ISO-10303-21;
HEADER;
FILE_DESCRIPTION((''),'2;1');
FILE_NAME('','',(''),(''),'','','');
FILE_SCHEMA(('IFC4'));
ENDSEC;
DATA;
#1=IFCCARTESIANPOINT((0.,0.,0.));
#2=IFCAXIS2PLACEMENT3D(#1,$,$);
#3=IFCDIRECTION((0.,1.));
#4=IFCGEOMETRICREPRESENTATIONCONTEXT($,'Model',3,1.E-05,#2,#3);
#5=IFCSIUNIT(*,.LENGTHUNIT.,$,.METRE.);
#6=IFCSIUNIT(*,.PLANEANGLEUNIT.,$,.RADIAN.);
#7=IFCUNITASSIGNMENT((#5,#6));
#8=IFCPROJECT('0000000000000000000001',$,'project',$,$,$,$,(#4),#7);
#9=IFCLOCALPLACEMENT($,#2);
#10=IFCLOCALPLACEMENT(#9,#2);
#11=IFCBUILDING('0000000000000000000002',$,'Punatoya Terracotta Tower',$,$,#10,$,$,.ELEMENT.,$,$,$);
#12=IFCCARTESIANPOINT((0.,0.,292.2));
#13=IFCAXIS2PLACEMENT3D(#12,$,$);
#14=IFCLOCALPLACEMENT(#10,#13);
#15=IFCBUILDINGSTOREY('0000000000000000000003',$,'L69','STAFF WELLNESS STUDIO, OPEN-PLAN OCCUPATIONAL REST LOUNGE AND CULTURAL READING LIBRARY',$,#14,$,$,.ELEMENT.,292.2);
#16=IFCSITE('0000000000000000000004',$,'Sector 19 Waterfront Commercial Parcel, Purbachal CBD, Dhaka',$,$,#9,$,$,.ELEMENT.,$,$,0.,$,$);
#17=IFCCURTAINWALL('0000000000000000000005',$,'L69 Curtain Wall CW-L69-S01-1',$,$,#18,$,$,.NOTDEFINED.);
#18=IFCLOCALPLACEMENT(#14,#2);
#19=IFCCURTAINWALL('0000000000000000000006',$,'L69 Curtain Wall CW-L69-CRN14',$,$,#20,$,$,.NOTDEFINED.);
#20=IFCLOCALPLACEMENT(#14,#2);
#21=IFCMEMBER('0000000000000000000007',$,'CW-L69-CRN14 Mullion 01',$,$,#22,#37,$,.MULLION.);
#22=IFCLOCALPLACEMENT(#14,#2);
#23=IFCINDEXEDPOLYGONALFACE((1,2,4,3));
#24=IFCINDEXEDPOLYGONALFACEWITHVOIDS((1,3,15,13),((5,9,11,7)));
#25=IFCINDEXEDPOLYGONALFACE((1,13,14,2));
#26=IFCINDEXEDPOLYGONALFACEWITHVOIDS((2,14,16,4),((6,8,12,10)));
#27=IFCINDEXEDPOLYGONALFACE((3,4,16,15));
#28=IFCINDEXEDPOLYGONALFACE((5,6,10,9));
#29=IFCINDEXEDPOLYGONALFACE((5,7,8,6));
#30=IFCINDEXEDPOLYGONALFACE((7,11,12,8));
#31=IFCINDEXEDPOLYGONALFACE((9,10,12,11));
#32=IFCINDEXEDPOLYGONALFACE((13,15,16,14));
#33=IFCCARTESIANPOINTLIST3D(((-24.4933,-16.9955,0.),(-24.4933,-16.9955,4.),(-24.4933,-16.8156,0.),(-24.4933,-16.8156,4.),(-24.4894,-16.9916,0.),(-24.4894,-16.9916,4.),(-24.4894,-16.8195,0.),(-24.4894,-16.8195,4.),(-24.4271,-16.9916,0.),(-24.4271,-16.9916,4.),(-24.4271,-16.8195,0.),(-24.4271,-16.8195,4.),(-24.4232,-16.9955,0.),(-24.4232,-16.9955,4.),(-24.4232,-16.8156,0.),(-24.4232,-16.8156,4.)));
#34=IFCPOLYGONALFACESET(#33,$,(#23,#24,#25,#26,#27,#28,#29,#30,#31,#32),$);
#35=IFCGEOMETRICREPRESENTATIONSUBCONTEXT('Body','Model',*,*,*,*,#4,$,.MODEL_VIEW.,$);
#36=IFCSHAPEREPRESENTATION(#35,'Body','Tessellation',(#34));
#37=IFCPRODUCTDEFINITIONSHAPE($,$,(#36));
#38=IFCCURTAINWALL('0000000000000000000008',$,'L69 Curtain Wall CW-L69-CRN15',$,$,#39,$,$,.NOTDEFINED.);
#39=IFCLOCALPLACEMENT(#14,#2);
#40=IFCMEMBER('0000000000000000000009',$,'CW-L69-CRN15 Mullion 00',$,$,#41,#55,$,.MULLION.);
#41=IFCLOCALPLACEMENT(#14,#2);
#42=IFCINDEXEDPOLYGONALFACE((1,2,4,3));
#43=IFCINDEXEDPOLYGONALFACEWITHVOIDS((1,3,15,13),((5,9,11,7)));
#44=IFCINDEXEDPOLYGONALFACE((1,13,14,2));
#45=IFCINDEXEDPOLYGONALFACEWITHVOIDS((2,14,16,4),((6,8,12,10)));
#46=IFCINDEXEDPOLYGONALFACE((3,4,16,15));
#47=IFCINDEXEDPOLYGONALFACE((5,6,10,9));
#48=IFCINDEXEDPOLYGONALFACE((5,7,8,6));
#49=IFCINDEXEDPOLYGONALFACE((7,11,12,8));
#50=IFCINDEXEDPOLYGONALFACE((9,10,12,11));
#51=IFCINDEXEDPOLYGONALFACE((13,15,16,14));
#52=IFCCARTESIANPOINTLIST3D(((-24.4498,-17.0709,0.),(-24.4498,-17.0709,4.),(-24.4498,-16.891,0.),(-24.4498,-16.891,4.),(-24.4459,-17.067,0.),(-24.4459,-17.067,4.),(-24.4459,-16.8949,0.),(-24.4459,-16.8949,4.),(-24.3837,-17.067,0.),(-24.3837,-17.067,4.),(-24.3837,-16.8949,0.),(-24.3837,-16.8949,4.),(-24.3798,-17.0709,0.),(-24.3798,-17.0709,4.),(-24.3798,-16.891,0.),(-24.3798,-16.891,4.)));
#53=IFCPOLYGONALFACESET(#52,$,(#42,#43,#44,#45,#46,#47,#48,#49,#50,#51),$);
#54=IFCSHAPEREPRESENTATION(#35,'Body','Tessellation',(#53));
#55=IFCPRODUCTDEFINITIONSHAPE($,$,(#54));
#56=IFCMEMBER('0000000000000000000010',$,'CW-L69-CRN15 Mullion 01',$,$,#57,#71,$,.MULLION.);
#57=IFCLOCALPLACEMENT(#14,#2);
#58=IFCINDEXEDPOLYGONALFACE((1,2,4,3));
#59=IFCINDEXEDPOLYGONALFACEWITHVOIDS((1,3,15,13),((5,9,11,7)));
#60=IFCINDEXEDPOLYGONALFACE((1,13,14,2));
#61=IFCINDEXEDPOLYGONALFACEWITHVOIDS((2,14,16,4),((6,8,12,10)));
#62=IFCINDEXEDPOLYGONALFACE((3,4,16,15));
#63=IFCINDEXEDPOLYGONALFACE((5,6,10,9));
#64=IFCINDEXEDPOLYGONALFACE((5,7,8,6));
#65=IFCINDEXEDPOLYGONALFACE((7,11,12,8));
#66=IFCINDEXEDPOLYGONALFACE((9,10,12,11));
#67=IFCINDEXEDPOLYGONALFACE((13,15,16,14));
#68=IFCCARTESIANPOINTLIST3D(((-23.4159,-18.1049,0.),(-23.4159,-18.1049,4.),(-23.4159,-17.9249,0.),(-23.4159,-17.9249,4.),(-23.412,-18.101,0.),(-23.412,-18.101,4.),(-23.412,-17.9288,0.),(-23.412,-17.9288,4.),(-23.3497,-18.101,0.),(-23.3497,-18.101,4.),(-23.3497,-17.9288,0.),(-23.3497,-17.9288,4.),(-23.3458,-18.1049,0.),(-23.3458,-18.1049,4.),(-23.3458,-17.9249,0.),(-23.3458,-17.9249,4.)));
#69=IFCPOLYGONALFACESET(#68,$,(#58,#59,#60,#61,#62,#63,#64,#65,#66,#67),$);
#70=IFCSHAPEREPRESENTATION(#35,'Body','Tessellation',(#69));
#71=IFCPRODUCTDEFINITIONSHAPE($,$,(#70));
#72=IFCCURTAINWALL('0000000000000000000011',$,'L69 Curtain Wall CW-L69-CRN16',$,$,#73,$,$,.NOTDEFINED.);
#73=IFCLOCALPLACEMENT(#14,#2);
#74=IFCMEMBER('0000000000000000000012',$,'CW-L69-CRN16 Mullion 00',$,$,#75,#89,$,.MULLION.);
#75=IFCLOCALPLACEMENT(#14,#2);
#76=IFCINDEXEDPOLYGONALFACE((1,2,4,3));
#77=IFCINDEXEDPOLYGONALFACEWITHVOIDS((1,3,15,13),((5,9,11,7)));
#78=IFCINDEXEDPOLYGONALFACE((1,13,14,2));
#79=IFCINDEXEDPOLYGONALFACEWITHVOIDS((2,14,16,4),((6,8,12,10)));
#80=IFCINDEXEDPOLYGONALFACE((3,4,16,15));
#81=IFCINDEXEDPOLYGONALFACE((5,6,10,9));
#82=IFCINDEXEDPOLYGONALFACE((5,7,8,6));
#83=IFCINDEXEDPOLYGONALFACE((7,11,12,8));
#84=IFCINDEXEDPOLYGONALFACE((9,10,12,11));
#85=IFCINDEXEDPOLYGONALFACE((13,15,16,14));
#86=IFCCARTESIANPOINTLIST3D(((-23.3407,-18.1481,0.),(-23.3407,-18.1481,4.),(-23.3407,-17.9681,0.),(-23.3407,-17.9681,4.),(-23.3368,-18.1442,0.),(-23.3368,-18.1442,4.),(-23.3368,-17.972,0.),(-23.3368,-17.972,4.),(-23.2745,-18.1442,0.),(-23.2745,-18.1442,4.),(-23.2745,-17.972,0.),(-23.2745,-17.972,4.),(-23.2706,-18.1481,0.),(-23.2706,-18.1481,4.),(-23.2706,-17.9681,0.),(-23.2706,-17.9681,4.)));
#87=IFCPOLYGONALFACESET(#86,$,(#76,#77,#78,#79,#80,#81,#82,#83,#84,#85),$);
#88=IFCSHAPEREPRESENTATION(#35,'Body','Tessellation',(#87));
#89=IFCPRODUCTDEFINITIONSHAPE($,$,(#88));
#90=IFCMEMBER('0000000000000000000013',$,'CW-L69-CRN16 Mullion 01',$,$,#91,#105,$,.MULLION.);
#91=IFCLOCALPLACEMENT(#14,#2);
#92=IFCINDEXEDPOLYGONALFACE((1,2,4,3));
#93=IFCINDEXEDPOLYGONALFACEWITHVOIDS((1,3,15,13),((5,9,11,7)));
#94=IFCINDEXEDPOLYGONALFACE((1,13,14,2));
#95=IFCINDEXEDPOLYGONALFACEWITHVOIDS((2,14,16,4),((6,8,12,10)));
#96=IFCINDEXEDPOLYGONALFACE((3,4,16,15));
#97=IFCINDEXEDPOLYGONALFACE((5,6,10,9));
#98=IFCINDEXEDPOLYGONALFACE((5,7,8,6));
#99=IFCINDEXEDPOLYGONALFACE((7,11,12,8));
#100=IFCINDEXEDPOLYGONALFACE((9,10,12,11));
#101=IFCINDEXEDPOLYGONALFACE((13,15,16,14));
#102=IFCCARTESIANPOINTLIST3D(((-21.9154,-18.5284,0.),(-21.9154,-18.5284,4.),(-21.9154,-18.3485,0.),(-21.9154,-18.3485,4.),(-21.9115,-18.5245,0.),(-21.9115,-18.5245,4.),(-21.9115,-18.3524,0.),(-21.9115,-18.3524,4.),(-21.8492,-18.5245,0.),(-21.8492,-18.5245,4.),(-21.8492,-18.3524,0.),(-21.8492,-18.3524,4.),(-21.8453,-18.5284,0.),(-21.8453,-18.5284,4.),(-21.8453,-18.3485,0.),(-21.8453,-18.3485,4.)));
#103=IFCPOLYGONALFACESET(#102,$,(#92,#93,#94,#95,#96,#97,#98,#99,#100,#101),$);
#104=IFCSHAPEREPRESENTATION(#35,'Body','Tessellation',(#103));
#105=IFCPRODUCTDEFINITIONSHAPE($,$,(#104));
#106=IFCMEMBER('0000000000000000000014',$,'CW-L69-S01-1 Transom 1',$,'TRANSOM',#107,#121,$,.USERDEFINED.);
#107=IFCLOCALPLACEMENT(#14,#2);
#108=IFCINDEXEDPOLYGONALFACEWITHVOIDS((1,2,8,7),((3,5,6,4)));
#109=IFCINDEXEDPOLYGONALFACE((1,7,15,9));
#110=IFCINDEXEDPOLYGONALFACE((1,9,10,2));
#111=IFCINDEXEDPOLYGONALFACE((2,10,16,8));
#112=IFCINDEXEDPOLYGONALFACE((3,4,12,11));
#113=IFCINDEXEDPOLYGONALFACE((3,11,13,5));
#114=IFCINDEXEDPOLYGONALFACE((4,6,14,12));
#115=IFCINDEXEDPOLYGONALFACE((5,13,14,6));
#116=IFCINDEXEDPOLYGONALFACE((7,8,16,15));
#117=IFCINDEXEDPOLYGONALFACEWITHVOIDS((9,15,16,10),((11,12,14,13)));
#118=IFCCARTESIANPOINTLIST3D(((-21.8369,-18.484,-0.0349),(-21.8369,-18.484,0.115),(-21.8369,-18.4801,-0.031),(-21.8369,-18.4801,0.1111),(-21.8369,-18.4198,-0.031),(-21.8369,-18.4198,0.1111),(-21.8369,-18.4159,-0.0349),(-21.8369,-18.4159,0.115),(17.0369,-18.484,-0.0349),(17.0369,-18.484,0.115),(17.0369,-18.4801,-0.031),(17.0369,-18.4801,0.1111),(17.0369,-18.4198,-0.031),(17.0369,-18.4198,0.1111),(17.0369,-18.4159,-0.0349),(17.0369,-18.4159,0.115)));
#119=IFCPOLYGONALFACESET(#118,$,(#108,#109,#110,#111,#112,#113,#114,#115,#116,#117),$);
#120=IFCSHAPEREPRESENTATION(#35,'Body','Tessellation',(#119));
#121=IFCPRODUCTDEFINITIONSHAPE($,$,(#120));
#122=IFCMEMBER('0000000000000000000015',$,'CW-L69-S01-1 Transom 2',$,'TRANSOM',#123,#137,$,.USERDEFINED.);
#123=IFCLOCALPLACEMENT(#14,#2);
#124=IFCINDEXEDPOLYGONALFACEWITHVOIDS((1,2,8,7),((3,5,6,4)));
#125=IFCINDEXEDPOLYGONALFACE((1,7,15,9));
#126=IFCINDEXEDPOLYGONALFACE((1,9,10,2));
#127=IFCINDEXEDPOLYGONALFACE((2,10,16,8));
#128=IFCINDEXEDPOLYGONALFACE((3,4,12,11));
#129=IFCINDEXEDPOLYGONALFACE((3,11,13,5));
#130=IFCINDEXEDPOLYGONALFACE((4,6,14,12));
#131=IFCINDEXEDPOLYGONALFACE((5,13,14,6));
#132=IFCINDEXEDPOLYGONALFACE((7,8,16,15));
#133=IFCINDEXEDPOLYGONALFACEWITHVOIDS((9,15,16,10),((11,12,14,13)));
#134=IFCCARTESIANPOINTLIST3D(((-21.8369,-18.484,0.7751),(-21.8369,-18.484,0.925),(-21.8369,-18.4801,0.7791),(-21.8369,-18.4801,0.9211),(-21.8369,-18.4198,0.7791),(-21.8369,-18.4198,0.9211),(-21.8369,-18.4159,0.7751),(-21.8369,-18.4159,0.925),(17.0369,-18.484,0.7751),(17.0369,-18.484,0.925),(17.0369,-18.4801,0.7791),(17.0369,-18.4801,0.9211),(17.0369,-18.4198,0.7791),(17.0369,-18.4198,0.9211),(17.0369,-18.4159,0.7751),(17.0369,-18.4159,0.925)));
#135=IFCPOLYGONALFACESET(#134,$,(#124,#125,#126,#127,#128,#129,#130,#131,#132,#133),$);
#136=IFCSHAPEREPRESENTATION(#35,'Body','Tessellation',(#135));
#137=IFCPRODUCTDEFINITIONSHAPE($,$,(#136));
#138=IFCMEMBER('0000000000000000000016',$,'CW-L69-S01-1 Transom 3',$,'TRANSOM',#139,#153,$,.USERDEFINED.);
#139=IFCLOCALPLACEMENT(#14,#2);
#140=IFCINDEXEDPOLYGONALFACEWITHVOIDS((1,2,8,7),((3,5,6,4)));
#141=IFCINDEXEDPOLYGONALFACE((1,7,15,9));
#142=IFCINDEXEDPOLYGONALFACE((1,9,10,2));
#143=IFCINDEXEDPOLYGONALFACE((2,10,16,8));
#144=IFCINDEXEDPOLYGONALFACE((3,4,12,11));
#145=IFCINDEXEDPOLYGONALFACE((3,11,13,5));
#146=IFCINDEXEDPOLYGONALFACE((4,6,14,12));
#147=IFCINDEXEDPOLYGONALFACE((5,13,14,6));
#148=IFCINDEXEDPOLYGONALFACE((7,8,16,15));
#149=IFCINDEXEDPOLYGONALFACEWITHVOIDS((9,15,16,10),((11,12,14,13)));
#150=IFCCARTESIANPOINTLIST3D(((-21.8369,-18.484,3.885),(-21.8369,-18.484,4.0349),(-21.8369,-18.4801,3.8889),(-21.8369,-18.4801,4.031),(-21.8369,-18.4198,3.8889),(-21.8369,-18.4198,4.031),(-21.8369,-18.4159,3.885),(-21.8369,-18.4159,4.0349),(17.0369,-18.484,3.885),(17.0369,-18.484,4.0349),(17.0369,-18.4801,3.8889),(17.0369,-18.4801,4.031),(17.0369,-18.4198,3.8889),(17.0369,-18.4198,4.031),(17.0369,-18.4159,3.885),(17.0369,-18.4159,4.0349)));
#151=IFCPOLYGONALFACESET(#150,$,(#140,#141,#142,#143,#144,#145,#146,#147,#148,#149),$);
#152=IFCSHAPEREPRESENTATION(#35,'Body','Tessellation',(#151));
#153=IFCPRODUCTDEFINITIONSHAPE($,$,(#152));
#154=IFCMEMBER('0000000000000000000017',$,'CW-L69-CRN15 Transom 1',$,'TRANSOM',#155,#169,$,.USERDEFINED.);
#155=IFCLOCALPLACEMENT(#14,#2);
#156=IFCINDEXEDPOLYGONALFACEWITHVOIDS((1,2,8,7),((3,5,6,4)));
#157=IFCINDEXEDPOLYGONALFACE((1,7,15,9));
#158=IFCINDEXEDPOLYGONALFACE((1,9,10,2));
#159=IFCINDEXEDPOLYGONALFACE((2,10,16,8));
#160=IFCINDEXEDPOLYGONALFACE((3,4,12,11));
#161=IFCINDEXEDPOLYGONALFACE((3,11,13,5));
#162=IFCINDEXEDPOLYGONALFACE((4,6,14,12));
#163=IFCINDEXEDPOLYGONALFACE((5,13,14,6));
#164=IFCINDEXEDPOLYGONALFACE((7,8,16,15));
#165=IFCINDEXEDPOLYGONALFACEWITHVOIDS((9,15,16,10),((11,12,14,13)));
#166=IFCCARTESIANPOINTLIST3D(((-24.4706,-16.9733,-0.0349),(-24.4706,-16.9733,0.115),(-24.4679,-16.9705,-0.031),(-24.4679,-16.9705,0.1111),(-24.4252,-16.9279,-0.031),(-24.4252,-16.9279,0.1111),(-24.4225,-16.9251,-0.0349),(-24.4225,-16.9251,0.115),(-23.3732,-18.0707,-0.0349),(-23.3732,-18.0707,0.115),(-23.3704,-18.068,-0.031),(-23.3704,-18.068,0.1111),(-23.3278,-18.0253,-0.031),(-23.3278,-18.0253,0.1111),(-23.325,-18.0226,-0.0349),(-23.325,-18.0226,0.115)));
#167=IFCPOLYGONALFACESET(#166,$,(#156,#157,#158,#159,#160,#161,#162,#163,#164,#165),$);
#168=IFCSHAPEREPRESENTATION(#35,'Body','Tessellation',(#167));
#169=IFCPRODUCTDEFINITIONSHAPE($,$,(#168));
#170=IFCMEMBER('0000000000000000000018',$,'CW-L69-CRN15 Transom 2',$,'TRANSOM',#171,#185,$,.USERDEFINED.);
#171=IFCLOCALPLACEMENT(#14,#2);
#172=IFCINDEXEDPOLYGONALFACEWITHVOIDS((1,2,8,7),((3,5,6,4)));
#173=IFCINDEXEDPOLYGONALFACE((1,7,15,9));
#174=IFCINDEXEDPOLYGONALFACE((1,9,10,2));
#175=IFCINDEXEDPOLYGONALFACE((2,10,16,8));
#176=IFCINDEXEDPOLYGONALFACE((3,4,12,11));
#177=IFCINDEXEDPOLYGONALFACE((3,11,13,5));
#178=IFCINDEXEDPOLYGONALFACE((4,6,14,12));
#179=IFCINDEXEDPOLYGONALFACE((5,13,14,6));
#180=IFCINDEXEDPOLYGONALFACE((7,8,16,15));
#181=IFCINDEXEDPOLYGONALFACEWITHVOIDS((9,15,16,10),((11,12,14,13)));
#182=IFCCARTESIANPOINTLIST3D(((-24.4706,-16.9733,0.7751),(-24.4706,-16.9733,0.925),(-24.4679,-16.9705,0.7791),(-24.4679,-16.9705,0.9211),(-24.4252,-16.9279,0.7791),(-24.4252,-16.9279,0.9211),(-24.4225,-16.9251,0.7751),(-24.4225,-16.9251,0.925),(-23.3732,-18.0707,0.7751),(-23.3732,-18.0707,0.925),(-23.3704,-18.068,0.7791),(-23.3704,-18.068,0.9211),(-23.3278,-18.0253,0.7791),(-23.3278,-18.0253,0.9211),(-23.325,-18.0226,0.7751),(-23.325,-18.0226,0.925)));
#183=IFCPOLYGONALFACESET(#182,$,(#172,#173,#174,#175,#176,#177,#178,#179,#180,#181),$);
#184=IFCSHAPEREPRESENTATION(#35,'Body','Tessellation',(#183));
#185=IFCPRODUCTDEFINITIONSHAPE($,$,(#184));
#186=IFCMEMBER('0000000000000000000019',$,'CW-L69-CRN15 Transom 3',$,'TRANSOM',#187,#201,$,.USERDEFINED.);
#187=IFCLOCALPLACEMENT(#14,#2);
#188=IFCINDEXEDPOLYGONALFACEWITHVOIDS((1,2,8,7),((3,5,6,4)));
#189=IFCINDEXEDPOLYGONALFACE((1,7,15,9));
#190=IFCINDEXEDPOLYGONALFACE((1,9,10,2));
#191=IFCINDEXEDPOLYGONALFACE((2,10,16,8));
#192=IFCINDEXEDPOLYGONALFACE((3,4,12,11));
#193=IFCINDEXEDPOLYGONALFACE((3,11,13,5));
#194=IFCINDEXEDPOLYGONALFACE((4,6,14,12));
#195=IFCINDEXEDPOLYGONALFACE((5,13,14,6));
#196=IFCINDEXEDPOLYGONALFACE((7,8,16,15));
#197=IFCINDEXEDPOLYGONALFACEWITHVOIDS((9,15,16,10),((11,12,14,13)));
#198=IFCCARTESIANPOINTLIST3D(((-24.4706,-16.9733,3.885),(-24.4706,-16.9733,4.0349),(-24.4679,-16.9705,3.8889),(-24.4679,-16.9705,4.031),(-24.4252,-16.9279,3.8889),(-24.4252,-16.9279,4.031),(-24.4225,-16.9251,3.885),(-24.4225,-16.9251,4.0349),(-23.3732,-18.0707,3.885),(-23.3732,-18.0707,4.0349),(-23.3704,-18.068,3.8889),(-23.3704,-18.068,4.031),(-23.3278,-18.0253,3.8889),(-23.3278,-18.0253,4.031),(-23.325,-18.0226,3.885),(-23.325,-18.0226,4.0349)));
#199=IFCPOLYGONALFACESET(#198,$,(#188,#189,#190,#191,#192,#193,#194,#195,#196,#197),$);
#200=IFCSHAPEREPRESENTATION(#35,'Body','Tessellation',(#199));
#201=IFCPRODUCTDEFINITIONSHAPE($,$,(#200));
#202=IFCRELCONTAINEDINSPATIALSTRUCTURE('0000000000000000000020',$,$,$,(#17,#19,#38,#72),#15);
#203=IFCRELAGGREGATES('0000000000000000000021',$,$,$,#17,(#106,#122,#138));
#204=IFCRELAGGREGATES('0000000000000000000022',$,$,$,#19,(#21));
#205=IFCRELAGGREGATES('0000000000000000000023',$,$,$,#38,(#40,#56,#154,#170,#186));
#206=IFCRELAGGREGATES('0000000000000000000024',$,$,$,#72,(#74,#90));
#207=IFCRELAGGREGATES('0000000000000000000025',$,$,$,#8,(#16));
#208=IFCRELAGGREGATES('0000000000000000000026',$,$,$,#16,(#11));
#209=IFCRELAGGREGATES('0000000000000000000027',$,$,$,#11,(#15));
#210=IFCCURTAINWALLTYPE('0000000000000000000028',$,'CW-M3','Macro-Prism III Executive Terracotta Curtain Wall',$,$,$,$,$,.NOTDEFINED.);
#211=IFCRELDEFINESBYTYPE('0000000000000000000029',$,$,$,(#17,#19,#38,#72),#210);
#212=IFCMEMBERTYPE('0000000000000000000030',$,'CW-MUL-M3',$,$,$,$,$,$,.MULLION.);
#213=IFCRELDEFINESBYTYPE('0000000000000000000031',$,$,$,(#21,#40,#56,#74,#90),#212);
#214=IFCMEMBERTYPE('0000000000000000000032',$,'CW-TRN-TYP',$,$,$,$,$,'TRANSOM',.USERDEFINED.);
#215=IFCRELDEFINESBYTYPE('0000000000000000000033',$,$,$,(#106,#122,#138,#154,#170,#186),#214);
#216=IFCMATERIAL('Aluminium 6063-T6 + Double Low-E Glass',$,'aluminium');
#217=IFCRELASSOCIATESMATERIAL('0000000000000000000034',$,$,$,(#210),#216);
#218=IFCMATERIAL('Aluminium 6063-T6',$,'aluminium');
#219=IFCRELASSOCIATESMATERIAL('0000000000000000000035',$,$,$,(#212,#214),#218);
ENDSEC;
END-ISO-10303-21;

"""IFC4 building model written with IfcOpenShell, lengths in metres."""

from ifc_helpers import new_model, si_unit, direction, frame, origin, origin_2d, place, context, subcontext, project, spatial, hollow_rectangle, extrude, material, material_profile, profile_set, type_object, element, aggregate, save


model = new_model("IFC4")

# Units and contexts
model_context = context("Model", 3, precision=1e-05, world=origin(), true_north=direction((0.0, 1.0)))
body_context = subcontext(model_context, "Body", "Model", "MODEL_VIEW")
ifc_project = project(units=[si_unit("LENGTHUNIT", "METRE"), si_unit("PLANEANGLEUNIT", "RADIAN")], contexts=[model_context])

# Site, building, storey
site_placement = place(None, origin())
site = spatial("IfcSite", under=ifc_project, at=site_placement, Name="Sector 19 Waterfront Commercial Parcel, Purbachal CBD, Dhaka", CompositionType="ELEMENT", RefElevation=0.0)
building_placement = place(site_placement, origin())
building = spatial("IfcBuilding", under=site, at=building_placement, Name="Punatoya Terracotta Tower", CompositionType="ELEMENT")
storey_placement = place(building_placement, frame((0.0, 0.0, 292.2)))
storey = spatial("IfcBuildingStorey", under=building, at=storey_placement, Name="L69", Description="STAFF WELLNESS STUDIO, OPEN-PLAN OCCUPATIONAL REST LOUNGE AND CULTURAL READING LIBRARY", CompositionType="ELEMENT", Elevation=292.2)

# Curtain walls, member
ifc_material_1 = material(Name="Aluminium 6063-T6 + Double Low-E Glass", Category="aluminium")
curtain_wall_type = type_object("IfcCurtainWallType", Name="CW-M3", Description="Macro-Prism III Executive Terracotta Curtain Wall", PredefinedType="NOTDEFINED", material=ifc_material_1)
curtain_wall_1_placement = place(storey_placement, origin())
curtain_wall_1 = element("IfcCurtainWall", 1, at=curtain_wall_1_placement, inside=storey, type_object=curtain_wall_type, Name="L69 Curtain Wall CW-L69-S01-1", PredefinedType="NOTDEFINED")
ifc_material_2 = material(Name="Aluminium 6063-T6", Category="aluminium")
ifc_material_profile_1 = material_profile(ifc_material_2, hollow_rectangle(XDim=0.0701, YDim=0.1799, WallThickness=0.0039, at=origin_2d()))
ifc_profile_set_1 = profile_set([ifc_material_profile_1], Name="Aluminium 6063-T6")
member_type_1 = type_object("IfcMemberType", Name="CW-MUL-M3", PredefinedType="MULLION", material=ifc_profile_set_1)
curtain_wall_2_placement = place(storey_placement, origin())
curtain_wall_2 = element("IfcCurtainWall", 2, at=curtain_wall_2_placement, inside=storey, type_object=curtain_wall_type, Name="L69 Curtain Wall CW-L69-CRN14", PredefinedType="NOTDEFINED")
member_1_placement = place(storey_placement, frame((-24.4583, -16.9055, 0.0), z_axis=(0.0, 0.0, 1.0), x_axis=(1.0, 0.0, 0.0)))
member_1 = element("IfcMember", 3, at=member_1_placement, type_object=member_type_1, Name="CW-L69-CRN14 Mullion 01", PredefinedType="MULLION", context=body_context, shape_type="SweptSolid", body=[
    extrude(hollow_rectangle(XDim=0.0701, YDim=0.1799, WallThickness=0.0039, at=origin_2d()), origin(), (0.0, 0.0, 1.0), 4.0),
])

# Curtain walls, members
curtain_wall_3_placement = place(storey_placement, origin())
curtain_wall_3 = element("IfcCurtainWall", 4, at=curtain_wall_3_placement, inside=storey, type_object=curtain_wall_type, Name="L69 Curtain Wall CW-L69-CRN15", PredefinedType="NOTDEFINED")
member_2_placement = place(storey_placement, frame((-24.4148, -16.981, 0.0), z_axis=(0.0, 0.0, 1.0), x_axis=(1.0, 0.0, 0.0)))
member_2 = element("IfcMember", 5, at=member_2_placement, type_object=member_type_1, Name="CW-L69-CRN15 Mullion 00", PredefinedType="MULLION", context=body_context, shape_type="SweptSolid", body=[
    extrude(hollow_rectangle(XDim=0.0701, YDim=0.1799, WallThickness=0.0039, at=origin_2d()), origin(), (0.0, 0.0, 1.0), 4.0),
])
member_3_placement = place(storey_placement, frame((-23.3809, -18.0149, 0.0), z_axis=(0.0, 0.0, 1.0), x_axis=(1.0, 0.0, 0.0)))
member_3 = element("IfcMember", 6, at=member_3_placement, type_object=member_type_1, Name="CW-L69-CRN15 Mullion 01", PredefinedType="MULLION", context=body_context, shape_type="SweptSolid", body=[
    extrude(hollow_rectangle(XDim=0.0701, YDim=0.1799, WallThickness=0.0039, at=origin_2d()), origin(), (0.0, 0.0, 1.0), 4.0),
])
curtain_wall_4_placement = place(storey_placement, origin())
curtain_wall_4 = element("IfcCurtainWall", 7, at=curtain_wall_4_placement, inside=storey, type_object=curtain_wall_type, Name="L69 Curtain Wall CW-L69-CRN16", PredefinedType="NOTDEFINED")
member_4_placement = place(storey_placement, frame((-23.3057, -18.0581, 0.0), z_axis=(0.0, 0.0, 1.0), x_axis=(1.0, 0.0, 0.0)))
member_4 = element("IfcMember", 8, at=member_4_placement, type_object=member_type_1, Name="CW-L69-CRN16 Mullion 00", PredefinedType="MULLION", context=body_context, shape_type="SweptSolid", body=[
    extrude(hollow_rectangle(XDim=0.0701, YDim=0.1799, WallThickness=0.0039, at=origin_2d()), origin(), (0.0, 0.0, 1.0), 4.0),
])
member_5_placement = place(storey_placement, frame((-21.8804, -18.4385, 0.0), z_axis=(0.0, 0.0, 1.0), x_axis=(1.0, 0.0, 0.0)))
member_5 = element("IfcMember", 9, at=member_5_placement, type_object=member_type_1, Name="CW-L69-CRN16 Mullion 01", PredefinedType="MULLION", context=body_context, shape_type="SweptSolid", body=[
    extrude(hollow_rectangle(XDim=0.0701, YDim=0.1799, WallThickness=0.0039, at=origin_2d()), origin(), (0.0, 0.0, 1.0), 4.0),
])

# Members
ifc_material_profile_2 = material_profile(ifc_material_2, hollow_rectangle(XDim=0.0681, YDim=0.1499, WallThickness=0.0039, at=origin_2d()))
ifc_profile_set_2 = profile_set([ifc_material_profile_2], Name="Aluminium 6063-T6")
member_type_2 = type_object("IfcMemberType", Name="CW-TRN-TYP", ElementType="TRANSOM", PredefinedType="USERDEFINED", material=ifc_profile_set_2)
member_6_placement = place(storey_placement, frame((-21.8369, -18.45, 0.04), z_axis=(1.0, 0.0, 0.0), x_axis=(0.0, 1.0, 0.0)))
member_6 = element("IfcMember", 10, at=member_6_placement, type_object=member_type_2, Name="CW-L69-S01-1 Transom 1", ObjectType="TRANSOM", PredefinedType="USERDEFINED", context=body_context, shape_type="SweptSolid", body=[
    extrude(hollow_rectangle(XDim=0.0681, YDim=0.1499, WallThickness=0.0039, at=origin_2d()), origin(), (0.0, 0.0, 1.0), 38.8738),
])
member_7_placement = place(storey_placement, frame((-21.8369, -18.45, 0.8501), z_axis=(1.0, 0.0, 0.0), x_axis=(0.0, 1.0, 0.0)))
member_7 = element("IfcMember", 11, at=member_7_placement, type_object=member_type_2, Name="CW-L69-S01-1 Transom 2", ObjectType="TRANSOM", PredefinedType="USERDEFINED", context=body_context, shape_type="SweptSolid", body=[
    extrude(hollow_rectangle(XDim=0.0681, YDim=0.1499, WallThickness=0.0039, at=origin_2d()), origin(), (0.0, 0.0, 1.0), 38.8738),
])
member_8_placement = place(storey_placement, frame((-21.8369, -18.45, 3.96), z_axis=(1.0, 0.0, 0.0), x_axis=(0.0, 1.0, 0.0)))
member_8 = element("IfcMember", 12, at=member_8_placement, type_object=member_type_2, Name="CW-L69-S01-1 Transom 3", ObjectType="TRANSOM", PredefinedType="USERDEFINED", context=body_context, shape_type="SweptSolid", body=[
    extrude(hollow_rectangle(XDim=0.0681, YDim=0.1499, WallThickness=0.0039, at=origin_2d()), origin(), (0.0, 0.0, 1.0), 38.8738),
])
member_9_placement = place(storey_placement, frame((-24.4465, -16.9492, 0.04), z_axis=(0.707107, -0.707107, 0.0), x_axis=(0.707107, 0.707107, 0.0)))
member_9 = element("IfcMember", 13, at=member_9_placement, type_object=member_type_2, Name="CW-L69-CRN15 Transom 1", ObjectType="TRANSOM", PredefinedType="USERDEFINED", context=body_context, shape_type="SweptSolid", body=[
    extrude(hollow_rectangle(XDim=0.0681, YDim=0.1499, WallThickness=0.0039, at=origin_2d()), origin(), (0.0, 0.0, 1.0), 1.552),
])
member_10_placement = place(storey_placement, frame((-24.4465, -16.9492, 0.8501), z_axis=(0.707107, -0.707107, 0.0), x_axis=(0.707107, 0.707107, 0.0)))
member_10 = element("IfcMember", 14, at=member_10_placement, type_object=member_type_2, Name="CW-L69-CRN15 Transom 2", ObjectType="TRANSOM", PredefinedType="USERDEFINED", context=body_context, shape_type="SweptSolid", body=[
    extrude(hollow_rectangle(XDim=0.0681, YDim=0.1499, WallThickness=0.0039, at=origin_2d()), origin(), (0.0, 0.0, 1.0), 1.552),
])
member_11_placement = place(storey_placement, frame((-24.4465, -16.9492, 3.96), z_axis=(0.707107, -0.707107, 0.0), x_axis=(0.707107, 0.707107, 0.0)))
member_11 = element("IfcMember", 15, at=member_11_placement, type_object=member_type_2, Name="CW-L69-CRN15 Transom 3", ObjectType="TRANSOM", PredefinedType="USERDEFINED", context=body_context, shape_type="SweptSolid", body=[
    extrude(hollow_rectangle(XDim=0.0681, YDim=0.1499, WallThickness=0.0039, at=origin_2d()), origin(), (0.0, 0.0, 1.0), 1.552),
])

aggregate(curtain_wall_1, [member_6, member_7, member_8])
aggregate(curtain_wall_2, [member_1])
aggregate(curtain_wall_3, [member_2, member_3, member_9, member_10, member_11])
aggregate(curtain_wall_4, [member_4, member_5])

save(model, "model.ifc")
